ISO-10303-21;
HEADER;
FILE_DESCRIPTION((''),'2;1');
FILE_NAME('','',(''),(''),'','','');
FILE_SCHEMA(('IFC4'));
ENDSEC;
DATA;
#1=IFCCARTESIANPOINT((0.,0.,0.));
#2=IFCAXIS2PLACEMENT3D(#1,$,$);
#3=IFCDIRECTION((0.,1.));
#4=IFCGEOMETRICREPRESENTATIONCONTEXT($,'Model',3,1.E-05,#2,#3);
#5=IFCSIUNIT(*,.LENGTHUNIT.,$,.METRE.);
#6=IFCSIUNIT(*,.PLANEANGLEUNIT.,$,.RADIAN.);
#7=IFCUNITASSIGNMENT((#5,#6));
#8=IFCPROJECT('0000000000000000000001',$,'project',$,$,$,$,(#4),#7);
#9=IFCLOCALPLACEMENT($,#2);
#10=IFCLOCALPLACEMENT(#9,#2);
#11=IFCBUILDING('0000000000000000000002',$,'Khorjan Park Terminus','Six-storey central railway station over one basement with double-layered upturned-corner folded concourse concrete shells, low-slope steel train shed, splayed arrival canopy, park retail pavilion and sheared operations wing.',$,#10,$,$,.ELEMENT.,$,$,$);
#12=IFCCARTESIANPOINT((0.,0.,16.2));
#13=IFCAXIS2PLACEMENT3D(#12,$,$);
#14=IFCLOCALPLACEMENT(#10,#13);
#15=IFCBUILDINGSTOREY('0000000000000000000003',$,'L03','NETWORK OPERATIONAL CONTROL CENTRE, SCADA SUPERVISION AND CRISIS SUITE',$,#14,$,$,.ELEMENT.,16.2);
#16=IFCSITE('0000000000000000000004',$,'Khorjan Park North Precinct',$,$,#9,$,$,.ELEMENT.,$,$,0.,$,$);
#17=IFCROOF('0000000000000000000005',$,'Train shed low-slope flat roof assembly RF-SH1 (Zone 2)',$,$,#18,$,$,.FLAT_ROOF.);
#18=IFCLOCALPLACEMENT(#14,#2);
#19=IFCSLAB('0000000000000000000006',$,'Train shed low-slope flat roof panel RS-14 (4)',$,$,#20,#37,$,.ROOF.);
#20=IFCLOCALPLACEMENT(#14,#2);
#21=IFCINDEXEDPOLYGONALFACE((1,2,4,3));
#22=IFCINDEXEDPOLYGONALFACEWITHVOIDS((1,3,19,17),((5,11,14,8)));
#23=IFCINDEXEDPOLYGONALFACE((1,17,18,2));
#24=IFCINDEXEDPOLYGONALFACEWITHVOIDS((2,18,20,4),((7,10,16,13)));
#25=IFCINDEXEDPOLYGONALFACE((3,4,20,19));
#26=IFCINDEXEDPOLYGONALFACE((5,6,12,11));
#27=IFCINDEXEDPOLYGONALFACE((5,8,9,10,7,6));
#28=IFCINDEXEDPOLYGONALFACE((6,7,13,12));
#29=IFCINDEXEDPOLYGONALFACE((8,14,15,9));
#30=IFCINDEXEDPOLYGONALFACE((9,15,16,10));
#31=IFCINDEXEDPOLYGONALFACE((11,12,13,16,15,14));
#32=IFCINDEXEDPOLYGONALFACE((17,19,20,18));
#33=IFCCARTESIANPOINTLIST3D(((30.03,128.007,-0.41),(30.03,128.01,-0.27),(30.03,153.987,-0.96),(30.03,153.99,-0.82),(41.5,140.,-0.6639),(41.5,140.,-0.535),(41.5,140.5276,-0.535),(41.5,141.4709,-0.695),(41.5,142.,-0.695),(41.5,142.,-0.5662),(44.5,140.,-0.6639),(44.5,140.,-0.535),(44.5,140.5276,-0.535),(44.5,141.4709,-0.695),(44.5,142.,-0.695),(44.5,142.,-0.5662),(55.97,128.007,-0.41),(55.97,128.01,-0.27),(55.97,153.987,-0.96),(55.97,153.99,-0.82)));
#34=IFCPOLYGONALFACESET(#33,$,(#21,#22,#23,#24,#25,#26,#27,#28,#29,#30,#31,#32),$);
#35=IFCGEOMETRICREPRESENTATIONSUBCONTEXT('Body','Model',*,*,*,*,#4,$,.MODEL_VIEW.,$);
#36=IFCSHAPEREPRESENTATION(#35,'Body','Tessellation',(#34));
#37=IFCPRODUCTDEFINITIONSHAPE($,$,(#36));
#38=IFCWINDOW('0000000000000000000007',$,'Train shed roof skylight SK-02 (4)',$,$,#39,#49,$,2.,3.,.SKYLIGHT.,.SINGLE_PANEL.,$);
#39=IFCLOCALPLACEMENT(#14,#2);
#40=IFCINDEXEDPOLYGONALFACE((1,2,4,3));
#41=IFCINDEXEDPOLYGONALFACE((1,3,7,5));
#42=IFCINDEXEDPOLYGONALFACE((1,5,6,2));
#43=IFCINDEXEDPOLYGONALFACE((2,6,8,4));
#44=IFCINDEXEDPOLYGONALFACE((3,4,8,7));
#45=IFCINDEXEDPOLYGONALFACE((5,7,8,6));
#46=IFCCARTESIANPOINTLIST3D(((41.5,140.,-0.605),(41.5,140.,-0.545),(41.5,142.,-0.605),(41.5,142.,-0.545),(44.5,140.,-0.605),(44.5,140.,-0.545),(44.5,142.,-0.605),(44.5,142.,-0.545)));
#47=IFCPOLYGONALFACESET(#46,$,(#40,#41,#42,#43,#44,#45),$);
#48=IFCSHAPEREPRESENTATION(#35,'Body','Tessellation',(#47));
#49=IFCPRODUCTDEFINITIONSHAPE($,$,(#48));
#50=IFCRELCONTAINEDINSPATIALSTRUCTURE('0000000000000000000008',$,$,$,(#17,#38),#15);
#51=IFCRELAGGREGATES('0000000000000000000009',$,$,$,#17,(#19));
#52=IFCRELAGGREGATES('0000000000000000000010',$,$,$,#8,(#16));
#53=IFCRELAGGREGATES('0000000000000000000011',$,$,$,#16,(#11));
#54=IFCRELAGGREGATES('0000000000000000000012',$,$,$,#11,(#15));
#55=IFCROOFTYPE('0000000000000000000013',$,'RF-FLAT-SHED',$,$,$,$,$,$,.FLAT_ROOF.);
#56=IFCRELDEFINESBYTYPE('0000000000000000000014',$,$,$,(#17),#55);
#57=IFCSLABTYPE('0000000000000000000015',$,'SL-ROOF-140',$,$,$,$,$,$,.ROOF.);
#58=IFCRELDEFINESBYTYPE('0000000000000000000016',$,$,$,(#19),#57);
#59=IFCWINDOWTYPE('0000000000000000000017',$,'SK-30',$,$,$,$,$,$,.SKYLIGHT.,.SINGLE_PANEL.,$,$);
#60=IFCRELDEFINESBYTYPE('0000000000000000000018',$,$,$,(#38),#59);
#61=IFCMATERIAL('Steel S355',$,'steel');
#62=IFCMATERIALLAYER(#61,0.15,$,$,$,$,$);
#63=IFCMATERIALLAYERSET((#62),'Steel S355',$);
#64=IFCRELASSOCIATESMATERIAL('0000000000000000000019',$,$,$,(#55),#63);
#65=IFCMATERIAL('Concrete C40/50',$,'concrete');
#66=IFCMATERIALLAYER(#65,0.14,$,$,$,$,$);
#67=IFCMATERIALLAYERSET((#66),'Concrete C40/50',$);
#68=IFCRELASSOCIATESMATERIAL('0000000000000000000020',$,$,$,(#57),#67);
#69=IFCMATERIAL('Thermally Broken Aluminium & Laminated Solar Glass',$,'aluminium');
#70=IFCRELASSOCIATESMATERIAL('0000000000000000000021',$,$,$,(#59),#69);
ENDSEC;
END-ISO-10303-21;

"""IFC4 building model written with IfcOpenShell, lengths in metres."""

from ifc_helpers import new_model, si_unit, direction, frame, origin, origin_2d, place, context, subcontext, project, spatial, polyline, rectangle, outline, extrude, material, layer, layer_set, type_object, element, fill, aggregate, save


model = new_model("IFC4")

# Units and contexts
model_context = context("Model", 3, precision=1e-05, world=origin(), true_north=direction((0.0, 1.0)))
body_context = subcontext(model_context, "Body", "Model", "MODEL_VIEW")
ifc_project = project(units=[si_unit("LENGTHUNIT", "METRE"), si_unit("PLANEANGLEUNIT", "RADIAN")], contexts=[model_context])

# Site, building, storey
site_placement = place(None, origin())
site = spatial("IfcSite", under=ifc_project, at=site_placement, Name="Khorjan Park North Precinct", CompositionType="ELEMENT", RefElevation=0.0)
building_placement = place(site_placement, origin())
building = spatial("IfcBuilding", under=site, at=building_placement, Name="Khorjan Park Terminus", Description="Six-storey central railway station over one basement with double-layered upturned-corner folded concourse concrete shells, low-slope steel train shed, splayed arrival canopy, park retail pavilion and sheared operations wing.", CompositionType="ELEMENT")
storey_placement = place(building_placement, frame((0.0, 0.0, 16.2)))
storey = spatial("IfcBuildingStorey", under=building, at=storey_placement, Name="L03", Description="NETWORK OPERATIONAL CONTROL CENTRE, SCADA SUPERVISION AND CRISIS SUITE", CompositionType="ELEMENT", Elevation=16.2)

# Shared definitions
ifc_material_1 = material(Name="Steel S355", Category="steel")

# Roof, slab, opening, window
ifc_layer_1 = layer(ifc_material_1, 0.15)
ifc_layer_set_1 = layer_set([ifc_layer_1], Name="Steel S355")
roof_type = type_object("IfcRoofType", Name="RF-FLAT-SHED", PredefinedType="FLAT_ROOF", material=ifc_layer_set_1)
roof_placement = place(storey_placement, origin())
roof = element("IfcRoof", 1, at=roof_placement, inside=storey, type_object=roof_type, Name="Train shed low-slope flat roof assembly RF-SH1 (Zone 2)", PredefinedType="FLAT_ROOF")
ifc_material_2 = material(Name="Concrete C40/50", Category="concrete")
ifc_layer_2 = layer(ifc_material_2, 0.14)
ifc_layer_set_2 = layer_set([ifc_layer_2], Name="Concrete C40/50")
slab_type = type_object("IfcSlabType", Name="SL-ROOF-140", PredefinedType="ROOF", material=ifc_layer_set_2)
slab_placement = place(storey_placement, frame((30.03, 128.01, -0.27), z_axis=(0.0, 0.021165, 0.999776), x_axis=(1.0, 0.0, 0.0)))
slab = element("IfcSlab", 2, at=slab_placement, type_object=slab_type, Name="Train shed low-slope flat roof panel RS-14 (4)", PredefinedType="ROOF", context=body_context, shape_type="SweptSolid", body=[
    extrude(outline(polyline([(0.0, 0.0), (25.94, 0.0), (25.94, 25.9858), (0.0, 25.9858), (0.0, 0.0)])), origin(), (0.0, 0.0, -1.0), 0.14),
])
opening_placement = place(storey_placement, frame((43.0, 141.0, -0.685), z_axis=(0.0, 0.0, 1.0), x_axis=(1.0, 0.0, 0.0)))
opening = element("IfcOpeningElement", 3, at=opening_placement, cuts=slab, PredefinedType="OPENING", context=body_context, shape_type="SweptSolid", body=[
    extrude(rectangle(XDim=3.0, YDim=2.0, at=origin_2d()), frame((0.0, 0.0, -0.01)), (0.0, 0.0, 1.0), 0.16),
])
ifc_material_3 = material(Name="Thermally Broken Aluminium & Laminated Solar Glass", Category="aluminium")
window_type = type_object("IfcWindowType", Name="SK-30", PartitioningType="SINGLE_PANEL", PredefinedType="SKYLIGHT", material=ifc_material_3)
window_placement = place(opening_placement, frame((0.0, 0.0, 0.08)))
window = element("IfcWindow", 4, at=window_placement, inside=storey, type_object=window_type, Name="Train shed roof skylight SK-02 (4)", OverallHeight=2.0, OverallWidth=3.0, PartitioningType="SINGLE_PANEL", PredefinedType="SKYLIGHT", context=body_context, shape_type="SweptSolid", body=[
    extrude(rectangle(XDim=3.0, YDim=2.0, at=origin_2d()), origin(), (0.0, 0.0, 1.0), 0.06),
])
fill(opening, window)
aggregate(roof, [slab])

save(model, "model.ifc")
